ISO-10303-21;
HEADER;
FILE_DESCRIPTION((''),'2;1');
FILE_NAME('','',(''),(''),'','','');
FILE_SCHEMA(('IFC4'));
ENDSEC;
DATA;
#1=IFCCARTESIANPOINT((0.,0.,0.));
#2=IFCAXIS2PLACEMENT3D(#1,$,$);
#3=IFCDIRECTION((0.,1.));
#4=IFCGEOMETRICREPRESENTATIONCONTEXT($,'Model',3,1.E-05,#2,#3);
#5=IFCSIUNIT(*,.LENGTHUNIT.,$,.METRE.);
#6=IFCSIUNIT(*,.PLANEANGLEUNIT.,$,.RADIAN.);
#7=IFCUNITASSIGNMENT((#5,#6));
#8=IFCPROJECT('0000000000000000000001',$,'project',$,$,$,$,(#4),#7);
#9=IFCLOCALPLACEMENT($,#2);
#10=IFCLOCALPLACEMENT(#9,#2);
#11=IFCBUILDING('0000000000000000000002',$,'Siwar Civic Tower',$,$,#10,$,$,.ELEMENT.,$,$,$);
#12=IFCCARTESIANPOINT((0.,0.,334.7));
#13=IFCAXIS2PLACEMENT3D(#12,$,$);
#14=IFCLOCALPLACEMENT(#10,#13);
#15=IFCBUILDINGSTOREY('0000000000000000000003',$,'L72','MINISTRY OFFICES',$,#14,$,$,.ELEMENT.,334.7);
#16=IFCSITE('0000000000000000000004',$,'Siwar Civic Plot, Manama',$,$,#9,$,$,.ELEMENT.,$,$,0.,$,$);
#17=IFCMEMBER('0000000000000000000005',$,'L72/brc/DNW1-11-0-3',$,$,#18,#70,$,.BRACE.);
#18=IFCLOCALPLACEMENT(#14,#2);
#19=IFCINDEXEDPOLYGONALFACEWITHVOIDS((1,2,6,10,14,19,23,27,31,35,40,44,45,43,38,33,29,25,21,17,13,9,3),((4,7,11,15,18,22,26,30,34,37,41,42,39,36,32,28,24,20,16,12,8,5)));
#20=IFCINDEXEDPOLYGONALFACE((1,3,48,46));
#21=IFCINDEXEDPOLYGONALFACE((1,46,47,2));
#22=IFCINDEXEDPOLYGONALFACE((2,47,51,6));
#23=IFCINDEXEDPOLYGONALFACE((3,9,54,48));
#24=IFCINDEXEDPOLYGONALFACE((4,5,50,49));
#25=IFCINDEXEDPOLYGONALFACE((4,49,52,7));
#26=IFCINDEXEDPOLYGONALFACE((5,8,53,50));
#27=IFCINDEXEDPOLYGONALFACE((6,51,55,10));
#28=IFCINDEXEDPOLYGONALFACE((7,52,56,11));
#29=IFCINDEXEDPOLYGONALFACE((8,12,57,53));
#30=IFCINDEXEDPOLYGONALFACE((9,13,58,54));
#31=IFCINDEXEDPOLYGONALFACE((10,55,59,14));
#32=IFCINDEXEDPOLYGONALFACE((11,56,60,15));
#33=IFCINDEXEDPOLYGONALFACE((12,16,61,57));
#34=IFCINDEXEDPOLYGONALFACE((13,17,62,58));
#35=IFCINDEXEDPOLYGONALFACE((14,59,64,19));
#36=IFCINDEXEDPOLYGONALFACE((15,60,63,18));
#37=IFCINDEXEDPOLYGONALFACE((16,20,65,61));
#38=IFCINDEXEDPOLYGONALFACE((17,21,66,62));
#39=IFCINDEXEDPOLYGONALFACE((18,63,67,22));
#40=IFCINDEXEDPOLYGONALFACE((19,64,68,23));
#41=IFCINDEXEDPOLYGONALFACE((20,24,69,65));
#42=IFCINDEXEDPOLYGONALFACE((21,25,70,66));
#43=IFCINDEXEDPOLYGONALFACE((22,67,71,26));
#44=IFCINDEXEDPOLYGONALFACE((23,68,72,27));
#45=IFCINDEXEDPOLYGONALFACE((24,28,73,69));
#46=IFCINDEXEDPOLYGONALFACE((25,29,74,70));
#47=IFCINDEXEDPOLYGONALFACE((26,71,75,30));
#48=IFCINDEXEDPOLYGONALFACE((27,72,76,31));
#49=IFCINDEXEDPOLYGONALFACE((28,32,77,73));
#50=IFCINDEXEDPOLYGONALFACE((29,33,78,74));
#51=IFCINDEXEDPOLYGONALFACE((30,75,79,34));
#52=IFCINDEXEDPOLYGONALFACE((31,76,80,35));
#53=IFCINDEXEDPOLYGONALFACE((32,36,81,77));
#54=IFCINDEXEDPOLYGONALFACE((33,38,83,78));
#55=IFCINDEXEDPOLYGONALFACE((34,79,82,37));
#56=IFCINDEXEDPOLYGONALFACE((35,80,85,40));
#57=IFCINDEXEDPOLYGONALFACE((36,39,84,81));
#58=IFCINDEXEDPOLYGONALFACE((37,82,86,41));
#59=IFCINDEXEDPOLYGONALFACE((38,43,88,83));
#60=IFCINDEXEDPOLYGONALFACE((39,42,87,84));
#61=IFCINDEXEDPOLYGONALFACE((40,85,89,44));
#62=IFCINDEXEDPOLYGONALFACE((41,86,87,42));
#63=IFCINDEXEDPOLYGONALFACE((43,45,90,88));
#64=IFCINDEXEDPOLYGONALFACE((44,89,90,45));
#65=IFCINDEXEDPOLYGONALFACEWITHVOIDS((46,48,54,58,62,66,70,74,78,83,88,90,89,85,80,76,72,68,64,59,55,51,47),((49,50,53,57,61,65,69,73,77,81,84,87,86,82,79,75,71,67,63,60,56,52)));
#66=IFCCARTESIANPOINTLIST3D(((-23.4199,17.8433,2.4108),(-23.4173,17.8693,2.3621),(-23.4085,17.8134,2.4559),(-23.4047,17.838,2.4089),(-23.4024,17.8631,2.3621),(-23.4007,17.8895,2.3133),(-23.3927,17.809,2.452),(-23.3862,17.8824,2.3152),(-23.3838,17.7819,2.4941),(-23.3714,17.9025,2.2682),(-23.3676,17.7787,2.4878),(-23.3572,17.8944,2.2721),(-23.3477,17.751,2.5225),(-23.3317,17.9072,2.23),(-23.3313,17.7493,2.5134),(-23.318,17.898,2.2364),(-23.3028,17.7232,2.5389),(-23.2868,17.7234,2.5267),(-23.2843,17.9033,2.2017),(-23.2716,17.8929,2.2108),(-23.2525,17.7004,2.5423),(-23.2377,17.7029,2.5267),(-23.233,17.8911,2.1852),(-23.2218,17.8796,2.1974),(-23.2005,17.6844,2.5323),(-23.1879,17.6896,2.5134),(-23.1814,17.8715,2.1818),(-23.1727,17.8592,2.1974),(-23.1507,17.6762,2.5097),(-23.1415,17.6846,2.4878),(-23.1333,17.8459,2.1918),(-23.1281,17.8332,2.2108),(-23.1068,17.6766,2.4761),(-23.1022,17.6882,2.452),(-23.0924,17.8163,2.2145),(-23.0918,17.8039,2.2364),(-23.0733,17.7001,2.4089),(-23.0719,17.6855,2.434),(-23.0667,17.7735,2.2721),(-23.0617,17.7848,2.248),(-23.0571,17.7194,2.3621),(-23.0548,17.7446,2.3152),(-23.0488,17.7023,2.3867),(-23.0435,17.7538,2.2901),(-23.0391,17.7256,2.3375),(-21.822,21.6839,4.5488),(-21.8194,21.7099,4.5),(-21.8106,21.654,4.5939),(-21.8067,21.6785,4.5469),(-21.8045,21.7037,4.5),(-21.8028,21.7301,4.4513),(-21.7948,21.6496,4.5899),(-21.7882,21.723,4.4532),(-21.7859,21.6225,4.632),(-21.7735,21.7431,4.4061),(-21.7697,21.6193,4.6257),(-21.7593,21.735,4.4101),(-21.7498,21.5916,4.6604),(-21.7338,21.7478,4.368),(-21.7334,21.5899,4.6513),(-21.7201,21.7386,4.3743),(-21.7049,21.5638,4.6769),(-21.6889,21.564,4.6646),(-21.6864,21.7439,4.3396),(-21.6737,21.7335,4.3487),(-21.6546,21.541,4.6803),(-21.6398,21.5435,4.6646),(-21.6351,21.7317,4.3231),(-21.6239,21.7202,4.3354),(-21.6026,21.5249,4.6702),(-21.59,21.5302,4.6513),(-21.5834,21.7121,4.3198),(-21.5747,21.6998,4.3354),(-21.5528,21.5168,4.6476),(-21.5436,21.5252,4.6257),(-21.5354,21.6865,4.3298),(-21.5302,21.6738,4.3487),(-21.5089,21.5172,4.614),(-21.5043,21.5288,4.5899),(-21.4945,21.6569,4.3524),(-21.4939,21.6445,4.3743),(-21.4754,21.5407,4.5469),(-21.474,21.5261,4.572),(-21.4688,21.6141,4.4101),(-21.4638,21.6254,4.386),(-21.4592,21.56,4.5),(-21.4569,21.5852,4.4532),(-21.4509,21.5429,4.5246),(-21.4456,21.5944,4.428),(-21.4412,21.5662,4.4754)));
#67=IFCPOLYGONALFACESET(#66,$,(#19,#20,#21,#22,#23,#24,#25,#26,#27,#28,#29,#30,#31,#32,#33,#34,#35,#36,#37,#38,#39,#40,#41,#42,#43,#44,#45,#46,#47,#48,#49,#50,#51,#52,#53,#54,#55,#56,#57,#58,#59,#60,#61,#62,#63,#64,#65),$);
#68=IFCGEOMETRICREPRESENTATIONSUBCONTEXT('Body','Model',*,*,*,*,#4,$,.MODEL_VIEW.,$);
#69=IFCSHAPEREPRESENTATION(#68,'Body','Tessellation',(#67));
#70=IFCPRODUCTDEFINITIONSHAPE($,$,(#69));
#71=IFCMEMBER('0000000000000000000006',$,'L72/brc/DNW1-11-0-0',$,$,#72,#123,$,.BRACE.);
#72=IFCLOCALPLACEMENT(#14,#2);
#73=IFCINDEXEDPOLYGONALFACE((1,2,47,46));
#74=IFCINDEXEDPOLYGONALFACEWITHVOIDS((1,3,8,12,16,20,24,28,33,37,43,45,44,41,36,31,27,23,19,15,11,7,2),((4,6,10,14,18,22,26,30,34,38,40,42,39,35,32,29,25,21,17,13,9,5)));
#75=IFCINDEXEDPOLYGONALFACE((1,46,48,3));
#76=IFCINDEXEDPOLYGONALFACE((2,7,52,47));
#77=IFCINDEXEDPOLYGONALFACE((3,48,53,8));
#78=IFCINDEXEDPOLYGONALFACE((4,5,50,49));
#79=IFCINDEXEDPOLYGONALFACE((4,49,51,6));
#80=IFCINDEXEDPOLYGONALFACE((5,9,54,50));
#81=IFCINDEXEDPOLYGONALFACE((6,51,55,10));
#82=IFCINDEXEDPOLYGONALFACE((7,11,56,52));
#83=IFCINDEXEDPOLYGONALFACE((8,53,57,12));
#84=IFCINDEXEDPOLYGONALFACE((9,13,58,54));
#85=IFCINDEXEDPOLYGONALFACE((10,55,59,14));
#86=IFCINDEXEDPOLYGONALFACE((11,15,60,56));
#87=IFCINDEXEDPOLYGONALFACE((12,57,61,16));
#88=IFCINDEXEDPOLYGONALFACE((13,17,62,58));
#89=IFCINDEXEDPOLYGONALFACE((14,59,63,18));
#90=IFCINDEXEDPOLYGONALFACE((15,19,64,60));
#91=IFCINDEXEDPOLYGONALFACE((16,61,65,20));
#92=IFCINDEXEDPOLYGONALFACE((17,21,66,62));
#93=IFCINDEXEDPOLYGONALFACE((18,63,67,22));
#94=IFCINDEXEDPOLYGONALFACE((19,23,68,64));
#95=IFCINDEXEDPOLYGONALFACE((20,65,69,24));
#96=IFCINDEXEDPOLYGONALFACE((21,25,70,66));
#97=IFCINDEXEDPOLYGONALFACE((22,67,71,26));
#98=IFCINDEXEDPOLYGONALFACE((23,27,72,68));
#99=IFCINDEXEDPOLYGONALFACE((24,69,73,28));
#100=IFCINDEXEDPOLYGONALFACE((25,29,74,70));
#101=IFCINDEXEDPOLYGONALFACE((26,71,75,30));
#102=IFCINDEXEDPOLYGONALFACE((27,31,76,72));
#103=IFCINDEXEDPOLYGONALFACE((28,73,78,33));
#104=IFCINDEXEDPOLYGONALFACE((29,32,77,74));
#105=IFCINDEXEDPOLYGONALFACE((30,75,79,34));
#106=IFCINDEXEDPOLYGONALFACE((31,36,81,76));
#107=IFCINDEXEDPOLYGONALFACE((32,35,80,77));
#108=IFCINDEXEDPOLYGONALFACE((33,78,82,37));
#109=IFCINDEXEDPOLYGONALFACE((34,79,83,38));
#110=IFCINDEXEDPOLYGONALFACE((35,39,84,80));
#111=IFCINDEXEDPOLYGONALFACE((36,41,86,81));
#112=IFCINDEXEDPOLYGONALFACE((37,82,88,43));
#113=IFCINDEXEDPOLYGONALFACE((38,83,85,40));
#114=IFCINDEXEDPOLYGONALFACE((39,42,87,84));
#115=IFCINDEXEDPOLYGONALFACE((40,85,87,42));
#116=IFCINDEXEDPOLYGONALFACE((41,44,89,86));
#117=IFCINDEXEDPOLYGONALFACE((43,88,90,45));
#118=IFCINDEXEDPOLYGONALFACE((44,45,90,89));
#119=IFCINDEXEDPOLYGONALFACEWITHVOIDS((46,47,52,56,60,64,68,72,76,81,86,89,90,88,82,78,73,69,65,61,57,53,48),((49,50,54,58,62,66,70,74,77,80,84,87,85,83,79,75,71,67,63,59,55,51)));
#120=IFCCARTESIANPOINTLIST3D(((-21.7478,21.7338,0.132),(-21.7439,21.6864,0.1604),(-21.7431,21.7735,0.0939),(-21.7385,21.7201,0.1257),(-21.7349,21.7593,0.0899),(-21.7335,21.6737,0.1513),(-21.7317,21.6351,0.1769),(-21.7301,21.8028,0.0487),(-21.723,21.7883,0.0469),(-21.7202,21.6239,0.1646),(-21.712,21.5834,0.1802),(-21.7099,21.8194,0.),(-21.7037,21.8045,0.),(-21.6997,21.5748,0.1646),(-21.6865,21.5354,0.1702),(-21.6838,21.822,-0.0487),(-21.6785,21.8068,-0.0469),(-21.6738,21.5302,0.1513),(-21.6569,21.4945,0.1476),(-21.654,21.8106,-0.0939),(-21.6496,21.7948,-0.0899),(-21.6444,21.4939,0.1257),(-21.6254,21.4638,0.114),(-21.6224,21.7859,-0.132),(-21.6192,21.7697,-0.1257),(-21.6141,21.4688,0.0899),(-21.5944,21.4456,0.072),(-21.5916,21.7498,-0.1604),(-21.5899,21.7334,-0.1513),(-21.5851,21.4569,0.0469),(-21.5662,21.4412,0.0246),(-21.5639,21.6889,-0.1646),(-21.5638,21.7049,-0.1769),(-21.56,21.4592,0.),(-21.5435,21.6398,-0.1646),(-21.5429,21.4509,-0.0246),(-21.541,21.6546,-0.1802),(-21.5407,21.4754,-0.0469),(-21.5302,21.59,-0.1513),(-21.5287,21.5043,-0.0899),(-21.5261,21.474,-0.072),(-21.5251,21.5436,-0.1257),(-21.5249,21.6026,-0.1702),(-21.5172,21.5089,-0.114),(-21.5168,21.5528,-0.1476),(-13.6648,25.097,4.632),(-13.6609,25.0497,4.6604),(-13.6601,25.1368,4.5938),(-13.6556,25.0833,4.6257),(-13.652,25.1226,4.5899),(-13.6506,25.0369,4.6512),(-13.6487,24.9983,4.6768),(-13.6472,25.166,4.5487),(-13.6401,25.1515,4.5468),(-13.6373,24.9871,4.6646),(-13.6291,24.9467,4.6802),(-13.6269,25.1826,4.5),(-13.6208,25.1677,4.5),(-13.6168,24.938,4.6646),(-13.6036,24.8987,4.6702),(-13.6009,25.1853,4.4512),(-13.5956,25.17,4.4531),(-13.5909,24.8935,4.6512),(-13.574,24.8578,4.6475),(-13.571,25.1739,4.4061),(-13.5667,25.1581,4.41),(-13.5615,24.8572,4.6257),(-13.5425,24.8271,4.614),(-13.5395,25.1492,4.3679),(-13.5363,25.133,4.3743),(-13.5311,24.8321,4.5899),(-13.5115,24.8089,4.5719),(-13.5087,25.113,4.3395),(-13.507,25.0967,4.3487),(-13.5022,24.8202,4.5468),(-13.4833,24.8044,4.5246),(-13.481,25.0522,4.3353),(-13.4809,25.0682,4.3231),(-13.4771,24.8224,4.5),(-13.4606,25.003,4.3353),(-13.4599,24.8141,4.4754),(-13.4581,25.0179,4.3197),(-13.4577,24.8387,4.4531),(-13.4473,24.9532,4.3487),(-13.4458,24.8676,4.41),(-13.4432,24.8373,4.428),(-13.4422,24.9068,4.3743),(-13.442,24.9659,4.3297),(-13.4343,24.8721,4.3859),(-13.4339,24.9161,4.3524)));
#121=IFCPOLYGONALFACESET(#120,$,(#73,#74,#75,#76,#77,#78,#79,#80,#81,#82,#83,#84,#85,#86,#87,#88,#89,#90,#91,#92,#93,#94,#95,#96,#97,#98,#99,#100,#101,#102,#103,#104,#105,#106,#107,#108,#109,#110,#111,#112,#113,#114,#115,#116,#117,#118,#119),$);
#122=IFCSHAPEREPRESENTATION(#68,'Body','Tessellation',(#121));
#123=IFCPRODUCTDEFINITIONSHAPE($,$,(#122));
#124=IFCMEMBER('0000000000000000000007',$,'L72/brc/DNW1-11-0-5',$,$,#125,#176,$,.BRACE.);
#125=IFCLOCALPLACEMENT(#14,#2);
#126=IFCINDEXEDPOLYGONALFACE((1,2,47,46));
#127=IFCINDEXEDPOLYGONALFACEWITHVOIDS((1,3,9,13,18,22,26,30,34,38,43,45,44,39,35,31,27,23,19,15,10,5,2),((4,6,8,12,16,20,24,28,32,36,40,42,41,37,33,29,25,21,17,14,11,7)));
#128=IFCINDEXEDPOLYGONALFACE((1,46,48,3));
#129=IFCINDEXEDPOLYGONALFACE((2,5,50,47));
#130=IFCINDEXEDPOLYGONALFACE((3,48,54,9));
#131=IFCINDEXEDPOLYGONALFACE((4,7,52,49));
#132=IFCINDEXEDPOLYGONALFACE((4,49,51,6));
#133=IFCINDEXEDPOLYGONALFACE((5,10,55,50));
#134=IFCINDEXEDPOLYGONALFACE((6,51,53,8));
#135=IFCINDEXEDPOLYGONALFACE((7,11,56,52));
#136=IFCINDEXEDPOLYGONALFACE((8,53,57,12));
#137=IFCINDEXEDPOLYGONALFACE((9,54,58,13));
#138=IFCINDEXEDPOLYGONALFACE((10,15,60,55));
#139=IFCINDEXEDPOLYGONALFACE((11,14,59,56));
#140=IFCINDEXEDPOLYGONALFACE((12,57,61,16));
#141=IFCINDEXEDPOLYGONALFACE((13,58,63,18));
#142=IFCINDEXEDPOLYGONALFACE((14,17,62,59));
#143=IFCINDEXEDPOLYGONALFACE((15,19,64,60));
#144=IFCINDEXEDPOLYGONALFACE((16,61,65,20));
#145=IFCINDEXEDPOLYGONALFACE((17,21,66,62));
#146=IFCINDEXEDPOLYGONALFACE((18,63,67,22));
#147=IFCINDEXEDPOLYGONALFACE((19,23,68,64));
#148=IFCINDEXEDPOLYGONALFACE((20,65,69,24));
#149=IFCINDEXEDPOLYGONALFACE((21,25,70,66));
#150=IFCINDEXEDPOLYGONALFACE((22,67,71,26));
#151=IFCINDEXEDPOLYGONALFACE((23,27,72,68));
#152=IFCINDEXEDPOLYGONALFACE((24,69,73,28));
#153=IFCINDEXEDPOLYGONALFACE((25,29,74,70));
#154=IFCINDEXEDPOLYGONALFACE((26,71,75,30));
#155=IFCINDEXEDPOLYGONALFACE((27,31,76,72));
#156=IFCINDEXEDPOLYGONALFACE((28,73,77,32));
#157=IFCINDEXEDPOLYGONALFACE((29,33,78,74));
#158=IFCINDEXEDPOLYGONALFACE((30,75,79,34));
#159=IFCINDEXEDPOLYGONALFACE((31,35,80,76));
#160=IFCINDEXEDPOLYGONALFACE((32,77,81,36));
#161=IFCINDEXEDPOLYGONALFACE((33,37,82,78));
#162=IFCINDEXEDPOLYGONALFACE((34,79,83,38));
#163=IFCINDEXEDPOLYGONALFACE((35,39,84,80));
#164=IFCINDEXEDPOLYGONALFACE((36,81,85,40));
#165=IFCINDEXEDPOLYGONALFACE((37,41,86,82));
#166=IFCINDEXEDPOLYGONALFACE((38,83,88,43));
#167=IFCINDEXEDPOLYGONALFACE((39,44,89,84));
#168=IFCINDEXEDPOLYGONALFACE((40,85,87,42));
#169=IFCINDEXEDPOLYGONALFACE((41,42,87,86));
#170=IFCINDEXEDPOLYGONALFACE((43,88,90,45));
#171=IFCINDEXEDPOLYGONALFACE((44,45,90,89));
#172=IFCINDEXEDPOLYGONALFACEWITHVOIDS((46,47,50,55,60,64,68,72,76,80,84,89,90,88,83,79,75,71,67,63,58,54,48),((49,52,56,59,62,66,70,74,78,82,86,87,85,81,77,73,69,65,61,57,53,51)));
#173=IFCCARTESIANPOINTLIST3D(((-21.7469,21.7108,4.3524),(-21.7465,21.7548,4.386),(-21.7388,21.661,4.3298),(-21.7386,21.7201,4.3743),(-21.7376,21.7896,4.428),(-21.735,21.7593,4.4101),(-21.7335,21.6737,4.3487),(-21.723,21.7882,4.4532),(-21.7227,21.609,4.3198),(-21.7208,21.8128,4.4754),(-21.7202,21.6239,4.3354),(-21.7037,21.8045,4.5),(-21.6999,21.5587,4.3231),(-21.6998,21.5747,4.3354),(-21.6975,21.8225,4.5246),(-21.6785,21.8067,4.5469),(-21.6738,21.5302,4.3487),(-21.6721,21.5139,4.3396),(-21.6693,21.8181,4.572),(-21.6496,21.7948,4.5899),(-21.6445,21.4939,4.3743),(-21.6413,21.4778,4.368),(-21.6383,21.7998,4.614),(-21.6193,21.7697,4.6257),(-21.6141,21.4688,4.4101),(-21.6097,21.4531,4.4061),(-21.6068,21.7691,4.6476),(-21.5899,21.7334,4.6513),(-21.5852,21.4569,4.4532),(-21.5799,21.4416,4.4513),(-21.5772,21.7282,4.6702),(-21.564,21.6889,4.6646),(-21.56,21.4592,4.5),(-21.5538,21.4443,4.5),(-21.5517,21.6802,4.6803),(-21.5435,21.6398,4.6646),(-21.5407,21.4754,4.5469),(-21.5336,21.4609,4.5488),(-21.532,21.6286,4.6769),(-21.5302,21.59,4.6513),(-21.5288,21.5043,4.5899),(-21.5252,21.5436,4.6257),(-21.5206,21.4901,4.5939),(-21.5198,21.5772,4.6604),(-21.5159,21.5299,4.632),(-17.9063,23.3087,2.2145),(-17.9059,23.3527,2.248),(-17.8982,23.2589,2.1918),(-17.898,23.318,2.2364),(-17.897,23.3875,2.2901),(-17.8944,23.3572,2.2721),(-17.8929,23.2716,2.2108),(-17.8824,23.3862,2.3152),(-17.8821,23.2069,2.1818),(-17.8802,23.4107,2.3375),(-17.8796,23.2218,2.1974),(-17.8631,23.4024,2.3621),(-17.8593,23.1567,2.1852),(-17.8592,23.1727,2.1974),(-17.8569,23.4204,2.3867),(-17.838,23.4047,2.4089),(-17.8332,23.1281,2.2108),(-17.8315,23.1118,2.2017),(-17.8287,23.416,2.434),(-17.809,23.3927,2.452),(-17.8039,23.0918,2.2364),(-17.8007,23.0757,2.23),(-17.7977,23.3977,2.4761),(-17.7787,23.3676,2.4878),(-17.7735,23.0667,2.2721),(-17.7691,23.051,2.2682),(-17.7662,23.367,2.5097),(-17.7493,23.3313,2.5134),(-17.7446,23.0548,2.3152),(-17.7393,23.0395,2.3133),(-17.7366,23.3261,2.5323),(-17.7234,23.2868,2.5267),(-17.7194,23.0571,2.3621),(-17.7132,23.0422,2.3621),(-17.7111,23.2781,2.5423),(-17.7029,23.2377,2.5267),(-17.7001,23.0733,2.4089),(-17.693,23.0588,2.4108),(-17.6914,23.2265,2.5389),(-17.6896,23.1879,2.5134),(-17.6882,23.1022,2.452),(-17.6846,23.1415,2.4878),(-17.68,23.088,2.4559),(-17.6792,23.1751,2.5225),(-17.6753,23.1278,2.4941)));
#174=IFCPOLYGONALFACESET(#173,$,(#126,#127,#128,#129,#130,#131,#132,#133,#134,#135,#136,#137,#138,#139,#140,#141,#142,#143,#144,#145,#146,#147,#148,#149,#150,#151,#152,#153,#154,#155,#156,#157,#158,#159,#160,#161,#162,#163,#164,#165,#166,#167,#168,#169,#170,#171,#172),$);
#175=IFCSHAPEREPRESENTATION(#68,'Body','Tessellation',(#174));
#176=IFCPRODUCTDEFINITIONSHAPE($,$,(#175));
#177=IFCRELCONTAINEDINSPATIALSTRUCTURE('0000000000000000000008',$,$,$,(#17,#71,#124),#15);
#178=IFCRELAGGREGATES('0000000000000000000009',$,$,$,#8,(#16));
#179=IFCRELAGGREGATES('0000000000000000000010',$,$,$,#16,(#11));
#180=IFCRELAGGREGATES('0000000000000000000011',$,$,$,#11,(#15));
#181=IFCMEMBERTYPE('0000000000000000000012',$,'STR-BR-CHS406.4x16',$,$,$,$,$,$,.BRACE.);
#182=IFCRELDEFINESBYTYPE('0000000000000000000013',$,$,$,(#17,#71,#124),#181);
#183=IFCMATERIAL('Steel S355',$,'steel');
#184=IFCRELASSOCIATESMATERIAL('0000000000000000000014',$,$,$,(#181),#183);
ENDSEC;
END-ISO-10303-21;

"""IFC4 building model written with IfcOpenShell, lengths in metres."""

from ifc_helpers import new_model, si_unit, direction, frame, origin, origin_2d, place, context, subcontext, project, spatial, hollow_circle, extrude, material, material_profile, profile_set, type_object, element, save


model = new_model("IFC4")

# Units and contexts
model_context = context("Model", 3, precision=1e-05, world=origin(), true_north=direction((0.0, 1.0)))
body_context = subcontext(model_context, "Body", "Model", "MODEL_VIEW")
ifc_project = project(units=[si_unit("LENGTHUNIT", "METRE"), si_unit("PLANEANGLEUNIT", "RADIAN")], contexts=[model_context])

# Site, building, storey
site_placement = place(None, origin())
site = spatial("IfcSite", under=ifc_project, at=site_placement, Name="Siwar Civic Plot, Manama", CompositionType="ELEMENT", RefElevation=0.0)
building_placement = place(site_placement, origin())
building = spatial("IfcBuilding", under=site, at=building_placement, Name="Siwar Civic Tower", CompositionType="ELEMENT")
storey_placement = place(building_placement, frame((0.0, 0.0, 334.7)))
storey = spatial("IfcBuildingStorey", under=building, at=storey_placement, Name="L72", Description="MINISTRY OFFICES", CompositionType="ELEMENT", Elevation=334.7)

# Members
ifc_material_1 = material(Name="Steel S355", Category="steel")
ifc_material_profile_1 = material_profile(ifc_material_1, hollow_circle(Radius=0.2031, WallThickness=0.0161, at=origin_2d()), Name="CHS406.4x16")
ifc_profile_set_1 = profile_set([ifc_material_profile_1], Name="Steel S355")
member_type_1 = type_object("IfcMemberType", Name="STR-BR-CHS406.4x16", PredefinedType="BRACE", material=ifc_profile_set_1)
for number, where, z_axis, x_axis, name in (
    (1, (-23.2297, 17.7913, 2.3621), (0.341653, 0.821167, 0.45712), (-0.923276, 0.384136, 0.0), "L72/brc/DNW1-11-0-3"),
):
    element("IfcMember", number, at=place(storey_placement, frame(where, z_axis=z_axis, x_axis=x_axis)), inside=storey, type_object=member_type_1, Name=name, PredefinedType="BRACE", context=body_context, shape_type="SweptSolid", body=[
        extrude(hollow_circle(Radius=0.2031, WallThickness=0.0161, at=origin_2d()), origin(), (0.0, 0.0, 1.0), 4.677),
    ])
member_1_placement = place(storey_placement, frame((-21.6318, 21.6318, 0.0), z_axis=(0.821143, 0.341671, 0.457149), x_axis=(-0.384164, 0.923265, 0.0)))
element("IfcMember", 2, at=member_1_placement, inside=storey, type_object=member_type_1, Name="L72/brc/DNW1-11-0-0", PredefinedType="BRACE", context=body_context, shape_type="SweptSolid", body=[
    extrude(hollow_circle(Radius=0.2031, WallThickness=0.0161, at=origin_2d()), origin(), (0.0, 0.0, 1.0), 9.8435),
])
member_2_placement = place(storey_placement, frame((-17.7913, 23.2297, 2.3621), z_axis=(-0.821167, -0.341653, 0.45712), x_axis=(0.384136, -0.923276, 0.0)))
element("IfcMember", 3, at=member_2_placement, inside=storey, type_object=member_type_1, Name="L72/brc/DNW1-11-0-5", PredefinedType="BRACE", context=body_context, shape_type="SweptSolid", body=[
    extrude(hollow_circle(Radius=0.2031, WallThickness=0.0161, at=origin_2d()), origin(), (0.0, 0.0, 1.0), 4.677),
])

save(model, "model.ifc")
